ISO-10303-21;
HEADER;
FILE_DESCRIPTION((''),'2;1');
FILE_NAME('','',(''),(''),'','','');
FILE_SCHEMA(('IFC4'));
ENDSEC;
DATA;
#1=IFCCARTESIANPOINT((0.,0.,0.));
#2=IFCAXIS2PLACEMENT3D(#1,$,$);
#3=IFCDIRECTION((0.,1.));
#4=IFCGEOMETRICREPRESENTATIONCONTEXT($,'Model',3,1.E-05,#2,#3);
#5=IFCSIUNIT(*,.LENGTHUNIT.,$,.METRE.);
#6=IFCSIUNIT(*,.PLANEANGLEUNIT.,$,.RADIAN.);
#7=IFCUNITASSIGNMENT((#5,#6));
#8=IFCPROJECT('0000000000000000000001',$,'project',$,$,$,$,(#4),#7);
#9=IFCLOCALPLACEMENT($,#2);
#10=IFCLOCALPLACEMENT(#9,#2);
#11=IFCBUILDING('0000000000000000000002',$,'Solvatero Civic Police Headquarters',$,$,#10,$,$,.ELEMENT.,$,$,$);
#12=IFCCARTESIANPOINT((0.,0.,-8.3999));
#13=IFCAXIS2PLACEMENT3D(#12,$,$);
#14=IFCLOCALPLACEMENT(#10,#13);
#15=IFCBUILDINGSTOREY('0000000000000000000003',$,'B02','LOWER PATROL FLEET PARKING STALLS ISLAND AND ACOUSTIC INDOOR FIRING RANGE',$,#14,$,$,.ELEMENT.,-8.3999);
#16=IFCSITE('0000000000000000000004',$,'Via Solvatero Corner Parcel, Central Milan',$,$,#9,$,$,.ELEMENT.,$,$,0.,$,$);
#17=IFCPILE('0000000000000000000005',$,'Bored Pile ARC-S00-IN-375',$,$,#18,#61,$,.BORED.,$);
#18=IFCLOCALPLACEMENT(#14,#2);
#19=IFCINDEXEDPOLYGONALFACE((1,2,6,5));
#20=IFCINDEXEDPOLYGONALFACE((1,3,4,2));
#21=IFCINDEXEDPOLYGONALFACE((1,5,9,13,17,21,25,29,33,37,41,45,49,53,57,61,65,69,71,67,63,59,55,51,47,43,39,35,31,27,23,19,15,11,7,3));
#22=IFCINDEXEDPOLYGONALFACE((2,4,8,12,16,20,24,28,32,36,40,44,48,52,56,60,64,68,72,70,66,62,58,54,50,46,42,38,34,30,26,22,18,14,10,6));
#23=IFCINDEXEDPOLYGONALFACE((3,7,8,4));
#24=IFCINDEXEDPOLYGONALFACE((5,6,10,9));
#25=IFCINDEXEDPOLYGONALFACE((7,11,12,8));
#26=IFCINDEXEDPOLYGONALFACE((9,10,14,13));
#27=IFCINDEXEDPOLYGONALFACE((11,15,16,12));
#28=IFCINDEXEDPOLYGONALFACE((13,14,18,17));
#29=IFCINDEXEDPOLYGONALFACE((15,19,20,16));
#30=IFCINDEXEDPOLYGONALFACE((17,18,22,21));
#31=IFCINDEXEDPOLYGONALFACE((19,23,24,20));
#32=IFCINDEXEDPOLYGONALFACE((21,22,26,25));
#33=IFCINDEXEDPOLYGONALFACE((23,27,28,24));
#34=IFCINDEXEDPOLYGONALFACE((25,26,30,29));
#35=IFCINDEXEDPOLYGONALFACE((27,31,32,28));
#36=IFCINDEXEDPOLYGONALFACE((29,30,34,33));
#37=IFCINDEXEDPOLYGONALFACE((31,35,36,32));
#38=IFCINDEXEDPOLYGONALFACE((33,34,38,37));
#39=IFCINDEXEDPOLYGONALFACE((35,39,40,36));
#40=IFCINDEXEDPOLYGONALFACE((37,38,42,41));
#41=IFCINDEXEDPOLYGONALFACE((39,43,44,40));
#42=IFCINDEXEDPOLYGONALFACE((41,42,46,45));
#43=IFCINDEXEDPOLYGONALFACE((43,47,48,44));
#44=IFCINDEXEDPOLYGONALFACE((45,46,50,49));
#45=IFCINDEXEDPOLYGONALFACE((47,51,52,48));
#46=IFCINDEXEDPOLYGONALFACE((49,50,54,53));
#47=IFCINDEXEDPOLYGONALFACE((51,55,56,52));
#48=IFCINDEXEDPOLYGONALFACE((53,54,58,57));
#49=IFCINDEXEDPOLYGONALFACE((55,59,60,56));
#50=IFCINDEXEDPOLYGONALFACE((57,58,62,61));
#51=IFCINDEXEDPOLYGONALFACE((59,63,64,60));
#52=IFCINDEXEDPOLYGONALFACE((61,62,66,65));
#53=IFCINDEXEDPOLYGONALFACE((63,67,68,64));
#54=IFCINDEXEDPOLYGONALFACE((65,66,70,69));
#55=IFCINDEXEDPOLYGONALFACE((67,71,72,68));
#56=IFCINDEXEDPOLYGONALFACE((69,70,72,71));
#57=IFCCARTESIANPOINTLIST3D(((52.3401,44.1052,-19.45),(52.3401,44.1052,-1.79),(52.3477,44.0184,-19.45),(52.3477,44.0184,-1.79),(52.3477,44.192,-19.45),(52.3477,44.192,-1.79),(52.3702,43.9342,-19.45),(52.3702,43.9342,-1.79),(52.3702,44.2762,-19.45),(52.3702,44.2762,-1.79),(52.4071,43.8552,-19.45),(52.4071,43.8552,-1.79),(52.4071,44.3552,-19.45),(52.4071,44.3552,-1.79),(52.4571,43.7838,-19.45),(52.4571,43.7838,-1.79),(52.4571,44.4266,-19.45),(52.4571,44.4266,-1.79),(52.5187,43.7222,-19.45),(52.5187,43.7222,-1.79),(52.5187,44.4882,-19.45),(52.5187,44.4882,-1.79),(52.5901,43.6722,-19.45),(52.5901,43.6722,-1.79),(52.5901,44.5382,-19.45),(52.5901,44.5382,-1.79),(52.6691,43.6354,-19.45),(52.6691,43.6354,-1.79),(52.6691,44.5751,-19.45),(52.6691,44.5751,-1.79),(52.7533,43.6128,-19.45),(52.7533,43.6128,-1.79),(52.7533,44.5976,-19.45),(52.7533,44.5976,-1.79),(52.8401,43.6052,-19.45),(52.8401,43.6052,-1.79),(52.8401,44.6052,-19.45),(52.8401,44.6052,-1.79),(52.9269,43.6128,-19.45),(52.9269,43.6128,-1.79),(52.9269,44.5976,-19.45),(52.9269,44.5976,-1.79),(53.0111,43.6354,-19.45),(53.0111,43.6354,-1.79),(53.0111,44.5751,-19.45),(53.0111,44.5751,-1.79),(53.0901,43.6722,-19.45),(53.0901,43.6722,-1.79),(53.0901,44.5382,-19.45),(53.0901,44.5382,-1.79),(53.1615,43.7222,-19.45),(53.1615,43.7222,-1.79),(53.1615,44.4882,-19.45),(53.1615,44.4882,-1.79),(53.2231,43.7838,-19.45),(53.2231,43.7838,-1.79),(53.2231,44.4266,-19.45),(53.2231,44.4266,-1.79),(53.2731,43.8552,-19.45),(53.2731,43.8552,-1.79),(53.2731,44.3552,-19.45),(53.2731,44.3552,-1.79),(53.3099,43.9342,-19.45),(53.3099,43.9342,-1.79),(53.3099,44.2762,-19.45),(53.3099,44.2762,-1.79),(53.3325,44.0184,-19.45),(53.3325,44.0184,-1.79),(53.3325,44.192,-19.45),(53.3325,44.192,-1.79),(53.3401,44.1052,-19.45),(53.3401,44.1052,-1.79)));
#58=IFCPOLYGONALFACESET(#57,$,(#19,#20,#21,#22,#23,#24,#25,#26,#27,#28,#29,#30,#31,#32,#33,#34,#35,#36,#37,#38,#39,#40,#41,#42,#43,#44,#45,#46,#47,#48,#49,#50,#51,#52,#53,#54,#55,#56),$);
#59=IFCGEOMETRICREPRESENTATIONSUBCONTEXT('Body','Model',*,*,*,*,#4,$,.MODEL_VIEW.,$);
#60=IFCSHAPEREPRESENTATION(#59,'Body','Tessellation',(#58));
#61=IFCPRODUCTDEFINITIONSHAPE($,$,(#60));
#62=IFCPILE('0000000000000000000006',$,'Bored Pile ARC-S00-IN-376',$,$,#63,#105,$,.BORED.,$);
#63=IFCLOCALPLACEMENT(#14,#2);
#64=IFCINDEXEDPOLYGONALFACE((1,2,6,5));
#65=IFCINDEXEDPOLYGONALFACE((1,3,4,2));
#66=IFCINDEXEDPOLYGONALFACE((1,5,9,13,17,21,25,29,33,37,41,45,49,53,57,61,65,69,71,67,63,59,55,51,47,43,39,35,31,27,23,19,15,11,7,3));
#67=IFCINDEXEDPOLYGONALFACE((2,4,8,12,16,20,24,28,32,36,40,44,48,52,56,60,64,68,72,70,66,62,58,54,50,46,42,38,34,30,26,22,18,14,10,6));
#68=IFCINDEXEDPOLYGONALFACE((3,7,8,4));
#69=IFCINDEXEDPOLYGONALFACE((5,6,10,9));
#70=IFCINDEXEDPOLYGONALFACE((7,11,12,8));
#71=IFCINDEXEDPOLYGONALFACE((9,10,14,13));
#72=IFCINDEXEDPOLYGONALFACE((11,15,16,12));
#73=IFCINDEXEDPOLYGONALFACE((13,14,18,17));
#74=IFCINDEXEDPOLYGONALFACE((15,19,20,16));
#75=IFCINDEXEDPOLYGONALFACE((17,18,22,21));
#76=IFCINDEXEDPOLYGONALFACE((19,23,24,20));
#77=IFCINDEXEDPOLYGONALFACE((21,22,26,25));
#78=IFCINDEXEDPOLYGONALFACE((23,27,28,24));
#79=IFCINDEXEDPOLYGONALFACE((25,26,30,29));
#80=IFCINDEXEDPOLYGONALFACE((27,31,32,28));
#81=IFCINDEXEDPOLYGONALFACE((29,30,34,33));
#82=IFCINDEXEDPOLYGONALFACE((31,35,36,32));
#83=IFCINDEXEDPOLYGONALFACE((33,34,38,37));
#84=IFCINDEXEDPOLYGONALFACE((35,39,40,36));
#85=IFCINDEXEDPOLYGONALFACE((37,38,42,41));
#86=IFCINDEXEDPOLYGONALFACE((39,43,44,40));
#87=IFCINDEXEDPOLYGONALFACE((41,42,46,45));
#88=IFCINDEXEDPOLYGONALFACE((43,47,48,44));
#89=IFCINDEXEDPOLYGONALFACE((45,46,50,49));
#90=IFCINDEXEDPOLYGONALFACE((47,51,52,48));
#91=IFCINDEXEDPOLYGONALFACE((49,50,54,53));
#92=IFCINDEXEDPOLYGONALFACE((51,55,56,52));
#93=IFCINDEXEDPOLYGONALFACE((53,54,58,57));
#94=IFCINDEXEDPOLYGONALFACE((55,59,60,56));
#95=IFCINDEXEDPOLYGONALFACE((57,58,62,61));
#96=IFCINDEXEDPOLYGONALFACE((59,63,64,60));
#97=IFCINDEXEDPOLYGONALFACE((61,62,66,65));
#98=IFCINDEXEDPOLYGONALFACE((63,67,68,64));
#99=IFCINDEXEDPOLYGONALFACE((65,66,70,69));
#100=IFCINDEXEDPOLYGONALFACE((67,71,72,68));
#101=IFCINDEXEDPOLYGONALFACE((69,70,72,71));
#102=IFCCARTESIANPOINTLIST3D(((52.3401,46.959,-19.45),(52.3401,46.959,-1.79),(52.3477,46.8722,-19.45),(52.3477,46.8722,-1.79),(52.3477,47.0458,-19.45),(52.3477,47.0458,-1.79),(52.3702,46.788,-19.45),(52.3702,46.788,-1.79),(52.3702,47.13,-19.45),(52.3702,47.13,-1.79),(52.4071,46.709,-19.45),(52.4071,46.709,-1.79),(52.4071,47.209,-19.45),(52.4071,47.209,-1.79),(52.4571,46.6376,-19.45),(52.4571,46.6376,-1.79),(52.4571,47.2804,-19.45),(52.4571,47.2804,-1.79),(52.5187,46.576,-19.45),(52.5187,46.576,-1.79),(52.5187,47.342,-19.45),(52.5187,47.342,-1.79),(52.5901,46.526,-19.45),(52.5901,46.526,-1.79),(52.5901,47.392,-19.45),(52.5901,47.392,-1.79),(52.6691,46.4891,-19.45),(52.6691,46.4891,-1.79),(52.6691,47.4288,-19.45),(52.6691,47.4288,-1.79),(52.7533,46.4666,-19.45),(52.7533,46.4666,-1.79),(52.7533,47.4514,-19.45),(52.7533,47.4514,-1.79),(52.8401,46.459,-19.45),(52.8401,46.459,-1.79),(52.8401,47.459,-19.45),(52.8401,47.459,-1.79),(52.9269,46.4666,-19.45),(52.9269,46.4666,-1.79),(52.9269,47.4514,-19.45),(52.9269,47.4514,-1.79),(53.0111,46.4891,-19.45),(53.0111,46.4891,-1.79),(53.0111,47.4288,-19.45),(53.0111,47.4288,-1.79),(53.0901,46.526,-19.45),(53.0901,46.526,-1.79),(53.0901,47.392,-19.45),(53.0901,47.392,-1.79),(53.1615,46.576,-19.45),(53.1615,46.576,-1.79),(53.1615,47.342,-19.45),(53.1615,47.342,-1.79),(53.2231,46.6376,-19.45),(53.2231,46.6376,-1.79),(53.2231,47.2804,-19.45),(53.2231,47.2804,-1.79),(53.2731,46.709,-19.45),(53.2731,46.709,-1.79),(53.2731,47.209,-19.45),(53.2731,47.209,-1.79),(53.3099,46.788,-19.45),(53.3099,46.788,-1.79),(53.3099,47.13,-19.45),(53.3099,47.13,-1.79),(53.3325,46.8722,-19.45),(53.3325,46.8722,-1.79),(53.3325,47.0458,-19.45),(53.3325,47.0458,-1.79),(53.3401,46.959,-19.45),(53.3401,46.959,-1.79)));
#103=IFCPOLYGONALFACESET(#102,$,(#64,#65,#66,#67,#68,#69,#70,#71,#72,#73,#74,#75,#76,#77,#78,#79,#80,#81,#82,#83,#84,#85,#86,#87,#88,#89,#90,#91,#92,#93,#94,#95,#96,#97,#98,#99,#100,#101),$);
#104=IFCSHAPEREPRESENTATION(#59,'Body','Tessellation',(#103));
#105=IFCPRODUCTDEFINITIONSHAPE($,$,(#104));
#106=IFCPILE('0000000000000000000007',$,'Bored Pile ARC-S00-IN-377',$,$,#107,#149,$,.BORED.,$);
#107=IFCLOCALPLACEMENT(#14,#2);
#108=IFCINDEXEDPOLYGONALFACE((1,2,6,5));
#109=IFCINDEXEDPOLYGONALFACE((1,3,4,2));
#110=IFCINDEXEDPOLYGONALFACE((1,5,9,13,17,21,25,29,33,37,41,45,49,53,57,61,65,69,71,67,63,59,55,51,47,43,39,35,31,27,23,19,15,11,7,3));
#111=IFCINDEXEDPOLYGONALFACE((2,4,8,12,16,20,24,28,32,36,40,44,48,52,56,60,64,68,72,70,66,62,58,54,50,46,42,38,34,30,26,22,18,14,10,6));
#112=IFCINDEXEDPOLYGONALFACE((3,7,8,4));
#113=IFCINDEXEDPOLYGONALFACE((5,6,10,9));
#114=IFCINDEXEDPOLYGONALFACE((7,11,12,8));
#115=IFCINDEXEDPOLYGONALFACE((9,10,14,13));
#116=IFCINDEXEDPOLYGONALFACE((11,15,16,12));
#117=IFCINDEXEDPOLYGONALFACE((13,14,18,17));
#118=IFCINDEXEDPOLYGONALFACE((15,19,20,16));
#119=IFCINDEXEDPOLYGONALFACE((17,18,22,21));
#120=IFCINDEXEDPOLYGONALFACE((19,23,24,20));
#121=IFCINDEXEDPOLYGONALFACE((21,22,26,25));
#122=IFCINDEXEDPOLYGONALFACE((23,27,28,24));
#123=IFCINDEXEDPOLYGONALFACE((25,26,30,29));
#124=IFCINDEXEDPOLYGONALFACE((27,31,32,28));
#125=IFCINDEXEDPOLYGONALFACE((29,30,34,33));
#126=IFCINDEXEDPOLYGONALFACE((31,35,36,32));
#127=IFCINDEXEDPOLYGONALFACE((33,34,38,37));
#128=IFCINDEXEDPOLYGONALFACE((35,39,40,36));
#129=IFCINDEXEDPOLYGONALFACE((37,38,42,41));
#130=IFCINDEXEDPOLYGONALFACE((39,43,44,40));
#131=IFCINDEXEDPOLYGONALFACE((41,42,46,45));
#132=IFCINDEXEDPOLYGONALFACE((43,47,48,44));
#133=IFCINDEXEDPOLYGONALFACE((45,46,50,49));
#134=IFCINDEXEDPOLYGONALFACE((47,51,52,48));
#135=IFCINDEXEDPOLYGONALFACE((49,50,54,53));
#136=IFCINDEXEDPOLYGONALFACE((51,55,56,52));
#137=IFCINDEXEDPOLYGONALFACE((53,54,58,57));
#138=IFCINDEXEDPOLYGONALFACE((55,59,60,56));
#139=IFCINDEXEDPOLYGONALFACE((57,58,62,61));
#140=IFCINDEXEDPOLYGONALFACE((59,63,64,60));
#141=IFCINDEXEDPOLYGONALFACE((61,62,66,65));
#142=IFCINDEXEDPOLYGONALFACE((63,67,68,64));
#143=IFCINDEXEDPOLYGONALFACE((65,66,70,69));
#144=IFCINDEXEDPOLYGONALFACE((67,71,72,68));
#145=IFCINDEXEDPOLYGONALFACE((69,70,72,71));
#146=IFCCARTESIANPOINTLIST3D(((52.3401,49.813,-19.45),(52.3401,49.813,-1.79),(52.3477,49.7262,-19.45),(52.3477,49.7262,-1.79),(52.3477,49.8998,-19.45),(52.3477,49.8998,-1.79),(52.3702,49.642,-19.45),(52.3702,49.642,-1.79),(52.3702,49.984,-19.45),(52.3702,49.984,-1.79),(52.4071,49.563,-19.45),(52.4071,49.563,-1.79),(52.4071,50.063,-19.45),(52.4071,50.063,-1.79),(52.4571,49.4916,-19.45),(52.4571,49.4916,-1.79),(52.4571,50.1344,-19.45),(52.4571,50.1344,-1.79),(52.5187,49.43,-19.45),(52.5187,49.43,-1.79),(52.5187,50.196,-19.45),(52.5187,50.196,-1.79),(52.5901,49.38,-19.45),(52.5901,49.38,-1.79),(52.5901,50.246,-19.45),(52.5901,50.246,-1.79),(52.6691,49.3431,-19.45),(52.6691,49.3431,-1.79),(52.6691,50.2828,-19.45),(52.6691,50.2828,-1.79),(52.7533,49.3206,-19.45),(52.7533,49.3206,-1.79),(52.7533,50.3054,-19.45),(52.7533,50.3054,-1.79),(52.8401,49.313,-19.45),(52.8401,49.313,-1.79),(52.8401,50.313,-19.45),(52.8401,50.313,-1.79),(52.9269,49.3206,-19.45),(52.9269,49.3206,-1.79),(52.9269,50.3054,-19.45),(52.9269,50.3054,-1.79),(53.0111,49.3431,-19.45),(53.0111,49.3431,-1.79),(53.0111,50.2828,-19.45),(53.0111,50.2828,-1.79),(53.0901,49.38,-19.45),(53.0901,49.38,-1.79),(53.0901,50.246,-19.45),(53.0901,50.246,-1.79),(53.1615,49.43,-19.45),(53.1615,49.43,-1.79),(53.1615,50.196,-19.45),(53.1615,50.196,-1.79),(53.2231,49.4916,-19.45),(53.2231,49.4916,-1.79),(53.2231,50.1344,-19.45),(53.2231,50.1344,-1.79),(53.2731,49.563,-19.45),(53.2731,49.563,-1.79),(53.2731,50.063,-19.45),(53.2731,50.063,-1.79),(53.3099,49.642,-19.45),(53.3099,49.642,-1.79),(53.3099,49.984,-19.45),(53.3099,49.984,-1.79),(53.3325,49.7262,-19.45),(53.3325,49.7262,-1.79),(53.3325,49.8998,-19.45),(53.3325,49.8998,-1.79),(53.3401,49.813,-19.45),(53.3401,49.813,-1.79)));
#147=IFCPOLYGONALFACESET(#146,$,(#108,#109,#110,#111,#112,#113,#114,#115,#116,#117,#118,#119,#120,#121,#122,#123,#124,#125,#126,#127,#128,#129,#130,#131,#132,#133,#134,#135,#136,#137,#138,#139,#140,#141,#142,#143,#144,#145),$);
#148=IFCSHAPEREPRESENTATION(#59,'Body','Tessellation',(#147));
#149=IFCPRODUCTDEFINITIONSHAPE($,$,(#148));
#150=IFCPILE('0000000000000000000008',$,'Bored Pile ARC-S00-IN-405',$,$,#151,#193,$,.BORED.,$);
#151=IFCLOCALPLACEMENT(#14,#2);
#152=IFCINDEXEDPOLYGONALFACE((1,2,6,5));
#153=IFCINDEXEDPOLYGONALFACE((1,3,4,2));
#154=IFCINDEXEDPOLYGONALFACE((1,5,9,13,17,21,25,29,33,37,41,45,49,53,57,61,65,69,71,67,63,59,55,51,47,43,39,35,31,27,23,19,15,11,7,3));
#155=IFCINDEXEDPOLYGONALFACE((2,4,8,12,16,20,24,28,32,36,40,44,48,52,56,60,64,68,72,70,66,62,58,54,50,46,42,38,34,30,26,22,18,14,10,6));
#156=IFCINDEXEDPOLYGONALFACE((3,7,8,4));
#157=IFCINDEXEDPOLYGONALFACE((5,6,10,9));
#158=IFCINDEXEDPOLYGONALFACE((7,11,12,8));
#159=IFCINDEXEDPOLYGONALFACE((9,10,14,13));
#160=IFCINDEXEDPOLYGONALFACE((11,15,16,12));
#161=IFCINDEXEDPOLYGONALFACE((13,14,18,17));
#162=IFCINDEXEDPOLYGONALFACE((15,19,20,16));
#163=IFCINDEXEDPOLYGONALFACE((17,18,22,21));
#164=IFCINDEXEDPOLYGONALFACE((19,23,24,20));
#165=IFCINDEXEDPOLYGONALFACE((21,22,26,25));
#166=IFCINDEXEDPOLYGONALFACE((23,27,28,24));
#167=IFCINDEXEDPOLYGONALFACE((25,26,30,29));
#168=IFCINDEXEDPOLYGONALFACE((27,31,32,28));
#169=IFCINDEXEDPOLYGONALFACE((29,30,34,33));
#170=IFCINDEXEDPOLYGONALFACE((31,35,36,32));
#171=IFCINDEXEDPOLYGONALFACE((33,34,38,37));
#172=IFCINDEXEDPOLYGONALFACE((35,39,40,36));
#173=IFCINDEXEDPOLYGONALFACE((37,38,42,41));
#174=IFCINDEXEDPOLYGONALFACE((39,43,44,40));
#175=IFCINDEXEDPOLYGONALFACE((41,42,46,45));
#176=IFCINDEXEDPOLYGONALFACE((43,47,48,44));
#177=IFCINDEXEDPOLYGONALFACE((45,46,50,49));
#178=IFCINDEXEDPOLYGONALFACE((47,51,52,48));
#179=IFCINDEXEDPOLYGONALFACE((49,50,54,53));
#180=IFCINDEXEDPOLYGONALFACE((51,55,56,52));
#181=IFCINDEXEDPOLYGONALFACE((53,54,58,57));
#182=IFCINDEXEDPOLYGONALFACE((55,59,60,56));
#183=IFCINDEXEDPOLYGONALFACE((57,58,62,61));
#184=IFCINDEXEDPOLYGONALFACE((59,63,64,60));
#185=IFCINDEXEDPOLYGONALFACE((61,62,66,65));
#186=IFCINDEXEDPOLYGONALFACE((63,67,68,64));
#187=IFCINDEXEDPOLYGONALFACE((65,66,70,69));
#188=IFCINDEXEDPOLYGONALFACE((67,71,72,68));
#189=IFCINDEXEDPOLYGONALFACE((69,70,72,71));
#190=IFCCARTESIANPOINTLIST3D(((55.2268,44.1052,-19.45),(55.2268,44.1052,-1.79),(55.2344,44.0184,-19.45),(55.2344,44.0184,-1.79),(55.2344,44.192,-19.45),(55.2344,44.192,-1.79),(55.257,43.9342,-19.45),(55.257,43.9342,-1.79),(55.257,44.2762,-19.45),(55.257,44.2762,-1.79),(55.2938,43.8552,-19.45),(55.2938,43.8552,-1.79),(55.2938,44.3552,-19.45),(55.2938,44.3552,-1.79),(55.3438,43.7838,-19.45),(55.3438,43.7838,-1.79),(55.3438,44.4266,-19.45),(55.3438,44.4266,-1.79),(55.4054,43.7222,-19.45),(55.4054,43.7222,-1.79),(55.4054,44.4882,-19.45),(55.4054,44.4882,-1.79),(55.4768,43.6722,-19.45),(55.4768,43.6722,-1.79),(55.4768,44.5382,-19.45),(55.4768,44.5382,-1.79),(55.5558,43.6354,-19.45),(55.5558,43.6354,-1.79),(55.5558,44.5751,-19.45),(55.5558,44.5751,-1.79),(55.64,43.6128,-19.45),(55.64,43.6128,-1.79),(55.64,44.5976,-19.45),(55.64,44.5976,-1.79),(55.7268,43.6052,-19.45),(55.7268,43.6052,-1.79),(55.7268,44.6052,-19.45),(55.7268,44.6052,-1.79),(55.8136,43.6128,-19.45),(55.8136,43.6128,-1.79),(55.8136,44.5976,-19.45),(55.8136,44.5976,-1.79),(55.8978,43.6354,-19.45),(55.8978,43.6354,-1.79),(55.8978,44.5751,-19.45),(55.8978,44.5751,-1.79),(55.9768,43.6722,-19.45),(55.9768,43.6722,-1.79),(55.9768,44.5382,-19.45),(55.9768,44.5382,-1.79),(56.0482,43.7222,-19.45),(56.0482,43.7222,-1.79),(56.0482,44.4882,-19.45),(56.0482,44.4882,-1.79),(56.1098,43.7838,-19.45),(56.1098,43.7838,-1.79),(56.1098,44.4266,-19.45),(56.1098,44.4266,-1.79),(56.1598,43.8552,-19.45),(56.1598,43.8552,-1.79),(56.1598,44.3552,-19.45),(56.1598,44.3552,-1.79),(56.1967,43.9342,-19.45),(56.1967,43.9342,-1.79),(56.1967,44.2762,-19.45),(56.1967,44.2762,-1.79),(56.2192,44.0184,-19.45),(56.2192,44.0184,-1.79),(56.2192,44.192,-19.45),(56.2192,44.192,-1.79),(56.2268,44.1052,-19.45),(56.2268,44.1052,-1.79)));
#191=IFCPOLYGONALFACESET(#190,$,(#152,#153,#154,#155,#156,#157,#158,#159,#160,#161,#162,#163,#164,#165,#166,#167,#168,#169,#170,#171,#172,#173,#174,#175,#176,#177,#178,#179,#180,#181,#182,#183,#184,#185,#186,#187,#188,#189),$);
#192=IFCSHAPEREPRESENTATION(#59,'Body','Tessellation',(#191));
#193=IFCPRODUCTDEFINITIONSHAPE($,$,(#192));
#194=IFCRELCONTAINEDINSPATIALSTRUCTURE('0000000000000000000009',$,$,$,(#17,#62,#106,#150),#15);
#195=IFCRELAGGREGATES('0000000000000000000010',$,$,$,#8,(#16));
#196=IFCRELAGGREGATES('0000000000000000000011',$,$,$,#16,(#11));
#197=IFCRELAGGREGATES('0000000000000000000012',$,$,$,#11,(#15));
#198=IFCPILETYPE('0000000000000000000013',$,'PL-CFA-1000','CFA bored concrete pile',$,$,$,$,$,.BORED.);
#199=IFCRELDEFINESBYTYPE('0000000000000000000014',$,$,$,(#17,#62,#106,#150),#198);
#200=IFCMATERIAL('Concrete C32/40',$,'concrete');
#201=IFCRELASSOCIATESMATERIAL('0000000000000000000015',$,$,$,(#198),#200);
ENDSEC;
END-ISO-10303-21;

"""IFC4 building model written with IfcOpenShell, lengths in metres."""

from ifc_helpers import new_model, si_unit, direction, frame, origin, origin_2d, place, context, subcontext, project, spatial, circle, extrude, material, material_profile, profile_set, type_object, element, save


model = new_model("IFC4")

# Units and contexts
model_context = context("Model", 3, precision=1e-05, world=origin(), true_north=direction((0.0, 1.0)))
body_context = subcontext(model_context, "Body", "Model", "MODEL_VIEW")
ifc_project = project(units=[si_unit("LENGTHUNIT", "METRE"), si_unit("PLANEANGLEUNIT", "RADIAN")], contexts=[model_context])

# Site, building, storey
site_placement = place(None, origin())
site = spatial("IfcSite", under=ifc_project, at=site_placement, Name="Via Solvatero Corner Parcel, Central Milan", CompositionType="ELEMENT", RefElevation=0.0)
building_placement = place(site_placement, origin())
building = spatial("IfcBuilding", under=site, at=building_placement, Name="Solvatero Civic Police Headquarters", CompositionType="ELEMENT")
storey_placement = place(building_placement, frame((0.0, 0.0, -8.3999)))
storey = spatial("IfcBuildingStorey", under=building, at=storey_placement, Name="B02", Description="LOWER PATROL FLEET PARKING STALLS ISLAND AND ACOUSTIC INDOOR FIRING RANGE", CompositionType="ELEMENT", Elevation=-8.3999)

# Piles
ifc_material_1 = material(Name="Concrete C32/40", Category="concrete")
ifc_material_profile_1 = material_profile(ifc_material_1, circle(Radius=0.5, at=origin_2d()), Name="CFA PILE D1000")
ifc_profile_set_1 = profile_set([ifc_material_profile_1], Name="Concrete C32/40")
pile_type = type_object("IfcPileType", Name="PL-CFA-1000", Description="CFA bored concrete pile", PredefinedType="BORED", material=ifc_profile_set_1)
for number, where, z_axis, x_axis, name in (
    (1, (52.8401, 44.1052, -1.79), (0.0, 0.0, -1.0), (1.0, 0.0, 0.0), "Bored Pile ARC-S00-IN-375"),
    (2, (52.8401, 46.959, -1.79), (0.0, 0.0, -1.0), (1.0, 0.0, 0.0), "Bored Pile ARC-S00-IN-376"),
    (3, (52.8401, 49.813, -1.79), (0.0, 0.0, -1.0), (1.0, 0.0, 0.0), "Bored Pile ARC-S00-IN-377"),
    (4, (55.7268, 44.1052, -1.79), (0.0, 0.0, -1.0), (1.0, 0.0, 0.0), "Bored Pile ARC-S00-IN-405"),
):
    element("IfcPile", number, at=place(storey_placement, frame(where, z_axis=z_axis, x_axis=x_axis)), inside=storey, type_object=pile_type, Name=name, PredefinedType="BORED", context=body_context, shape_type="SweptSolid", body=[
        extrude(circle(Radius=0.5, at=origin_2d()), origin(), (0.0, 0.0, 1.0), 17.6599),
    ])

save(model, "model.ifc")
